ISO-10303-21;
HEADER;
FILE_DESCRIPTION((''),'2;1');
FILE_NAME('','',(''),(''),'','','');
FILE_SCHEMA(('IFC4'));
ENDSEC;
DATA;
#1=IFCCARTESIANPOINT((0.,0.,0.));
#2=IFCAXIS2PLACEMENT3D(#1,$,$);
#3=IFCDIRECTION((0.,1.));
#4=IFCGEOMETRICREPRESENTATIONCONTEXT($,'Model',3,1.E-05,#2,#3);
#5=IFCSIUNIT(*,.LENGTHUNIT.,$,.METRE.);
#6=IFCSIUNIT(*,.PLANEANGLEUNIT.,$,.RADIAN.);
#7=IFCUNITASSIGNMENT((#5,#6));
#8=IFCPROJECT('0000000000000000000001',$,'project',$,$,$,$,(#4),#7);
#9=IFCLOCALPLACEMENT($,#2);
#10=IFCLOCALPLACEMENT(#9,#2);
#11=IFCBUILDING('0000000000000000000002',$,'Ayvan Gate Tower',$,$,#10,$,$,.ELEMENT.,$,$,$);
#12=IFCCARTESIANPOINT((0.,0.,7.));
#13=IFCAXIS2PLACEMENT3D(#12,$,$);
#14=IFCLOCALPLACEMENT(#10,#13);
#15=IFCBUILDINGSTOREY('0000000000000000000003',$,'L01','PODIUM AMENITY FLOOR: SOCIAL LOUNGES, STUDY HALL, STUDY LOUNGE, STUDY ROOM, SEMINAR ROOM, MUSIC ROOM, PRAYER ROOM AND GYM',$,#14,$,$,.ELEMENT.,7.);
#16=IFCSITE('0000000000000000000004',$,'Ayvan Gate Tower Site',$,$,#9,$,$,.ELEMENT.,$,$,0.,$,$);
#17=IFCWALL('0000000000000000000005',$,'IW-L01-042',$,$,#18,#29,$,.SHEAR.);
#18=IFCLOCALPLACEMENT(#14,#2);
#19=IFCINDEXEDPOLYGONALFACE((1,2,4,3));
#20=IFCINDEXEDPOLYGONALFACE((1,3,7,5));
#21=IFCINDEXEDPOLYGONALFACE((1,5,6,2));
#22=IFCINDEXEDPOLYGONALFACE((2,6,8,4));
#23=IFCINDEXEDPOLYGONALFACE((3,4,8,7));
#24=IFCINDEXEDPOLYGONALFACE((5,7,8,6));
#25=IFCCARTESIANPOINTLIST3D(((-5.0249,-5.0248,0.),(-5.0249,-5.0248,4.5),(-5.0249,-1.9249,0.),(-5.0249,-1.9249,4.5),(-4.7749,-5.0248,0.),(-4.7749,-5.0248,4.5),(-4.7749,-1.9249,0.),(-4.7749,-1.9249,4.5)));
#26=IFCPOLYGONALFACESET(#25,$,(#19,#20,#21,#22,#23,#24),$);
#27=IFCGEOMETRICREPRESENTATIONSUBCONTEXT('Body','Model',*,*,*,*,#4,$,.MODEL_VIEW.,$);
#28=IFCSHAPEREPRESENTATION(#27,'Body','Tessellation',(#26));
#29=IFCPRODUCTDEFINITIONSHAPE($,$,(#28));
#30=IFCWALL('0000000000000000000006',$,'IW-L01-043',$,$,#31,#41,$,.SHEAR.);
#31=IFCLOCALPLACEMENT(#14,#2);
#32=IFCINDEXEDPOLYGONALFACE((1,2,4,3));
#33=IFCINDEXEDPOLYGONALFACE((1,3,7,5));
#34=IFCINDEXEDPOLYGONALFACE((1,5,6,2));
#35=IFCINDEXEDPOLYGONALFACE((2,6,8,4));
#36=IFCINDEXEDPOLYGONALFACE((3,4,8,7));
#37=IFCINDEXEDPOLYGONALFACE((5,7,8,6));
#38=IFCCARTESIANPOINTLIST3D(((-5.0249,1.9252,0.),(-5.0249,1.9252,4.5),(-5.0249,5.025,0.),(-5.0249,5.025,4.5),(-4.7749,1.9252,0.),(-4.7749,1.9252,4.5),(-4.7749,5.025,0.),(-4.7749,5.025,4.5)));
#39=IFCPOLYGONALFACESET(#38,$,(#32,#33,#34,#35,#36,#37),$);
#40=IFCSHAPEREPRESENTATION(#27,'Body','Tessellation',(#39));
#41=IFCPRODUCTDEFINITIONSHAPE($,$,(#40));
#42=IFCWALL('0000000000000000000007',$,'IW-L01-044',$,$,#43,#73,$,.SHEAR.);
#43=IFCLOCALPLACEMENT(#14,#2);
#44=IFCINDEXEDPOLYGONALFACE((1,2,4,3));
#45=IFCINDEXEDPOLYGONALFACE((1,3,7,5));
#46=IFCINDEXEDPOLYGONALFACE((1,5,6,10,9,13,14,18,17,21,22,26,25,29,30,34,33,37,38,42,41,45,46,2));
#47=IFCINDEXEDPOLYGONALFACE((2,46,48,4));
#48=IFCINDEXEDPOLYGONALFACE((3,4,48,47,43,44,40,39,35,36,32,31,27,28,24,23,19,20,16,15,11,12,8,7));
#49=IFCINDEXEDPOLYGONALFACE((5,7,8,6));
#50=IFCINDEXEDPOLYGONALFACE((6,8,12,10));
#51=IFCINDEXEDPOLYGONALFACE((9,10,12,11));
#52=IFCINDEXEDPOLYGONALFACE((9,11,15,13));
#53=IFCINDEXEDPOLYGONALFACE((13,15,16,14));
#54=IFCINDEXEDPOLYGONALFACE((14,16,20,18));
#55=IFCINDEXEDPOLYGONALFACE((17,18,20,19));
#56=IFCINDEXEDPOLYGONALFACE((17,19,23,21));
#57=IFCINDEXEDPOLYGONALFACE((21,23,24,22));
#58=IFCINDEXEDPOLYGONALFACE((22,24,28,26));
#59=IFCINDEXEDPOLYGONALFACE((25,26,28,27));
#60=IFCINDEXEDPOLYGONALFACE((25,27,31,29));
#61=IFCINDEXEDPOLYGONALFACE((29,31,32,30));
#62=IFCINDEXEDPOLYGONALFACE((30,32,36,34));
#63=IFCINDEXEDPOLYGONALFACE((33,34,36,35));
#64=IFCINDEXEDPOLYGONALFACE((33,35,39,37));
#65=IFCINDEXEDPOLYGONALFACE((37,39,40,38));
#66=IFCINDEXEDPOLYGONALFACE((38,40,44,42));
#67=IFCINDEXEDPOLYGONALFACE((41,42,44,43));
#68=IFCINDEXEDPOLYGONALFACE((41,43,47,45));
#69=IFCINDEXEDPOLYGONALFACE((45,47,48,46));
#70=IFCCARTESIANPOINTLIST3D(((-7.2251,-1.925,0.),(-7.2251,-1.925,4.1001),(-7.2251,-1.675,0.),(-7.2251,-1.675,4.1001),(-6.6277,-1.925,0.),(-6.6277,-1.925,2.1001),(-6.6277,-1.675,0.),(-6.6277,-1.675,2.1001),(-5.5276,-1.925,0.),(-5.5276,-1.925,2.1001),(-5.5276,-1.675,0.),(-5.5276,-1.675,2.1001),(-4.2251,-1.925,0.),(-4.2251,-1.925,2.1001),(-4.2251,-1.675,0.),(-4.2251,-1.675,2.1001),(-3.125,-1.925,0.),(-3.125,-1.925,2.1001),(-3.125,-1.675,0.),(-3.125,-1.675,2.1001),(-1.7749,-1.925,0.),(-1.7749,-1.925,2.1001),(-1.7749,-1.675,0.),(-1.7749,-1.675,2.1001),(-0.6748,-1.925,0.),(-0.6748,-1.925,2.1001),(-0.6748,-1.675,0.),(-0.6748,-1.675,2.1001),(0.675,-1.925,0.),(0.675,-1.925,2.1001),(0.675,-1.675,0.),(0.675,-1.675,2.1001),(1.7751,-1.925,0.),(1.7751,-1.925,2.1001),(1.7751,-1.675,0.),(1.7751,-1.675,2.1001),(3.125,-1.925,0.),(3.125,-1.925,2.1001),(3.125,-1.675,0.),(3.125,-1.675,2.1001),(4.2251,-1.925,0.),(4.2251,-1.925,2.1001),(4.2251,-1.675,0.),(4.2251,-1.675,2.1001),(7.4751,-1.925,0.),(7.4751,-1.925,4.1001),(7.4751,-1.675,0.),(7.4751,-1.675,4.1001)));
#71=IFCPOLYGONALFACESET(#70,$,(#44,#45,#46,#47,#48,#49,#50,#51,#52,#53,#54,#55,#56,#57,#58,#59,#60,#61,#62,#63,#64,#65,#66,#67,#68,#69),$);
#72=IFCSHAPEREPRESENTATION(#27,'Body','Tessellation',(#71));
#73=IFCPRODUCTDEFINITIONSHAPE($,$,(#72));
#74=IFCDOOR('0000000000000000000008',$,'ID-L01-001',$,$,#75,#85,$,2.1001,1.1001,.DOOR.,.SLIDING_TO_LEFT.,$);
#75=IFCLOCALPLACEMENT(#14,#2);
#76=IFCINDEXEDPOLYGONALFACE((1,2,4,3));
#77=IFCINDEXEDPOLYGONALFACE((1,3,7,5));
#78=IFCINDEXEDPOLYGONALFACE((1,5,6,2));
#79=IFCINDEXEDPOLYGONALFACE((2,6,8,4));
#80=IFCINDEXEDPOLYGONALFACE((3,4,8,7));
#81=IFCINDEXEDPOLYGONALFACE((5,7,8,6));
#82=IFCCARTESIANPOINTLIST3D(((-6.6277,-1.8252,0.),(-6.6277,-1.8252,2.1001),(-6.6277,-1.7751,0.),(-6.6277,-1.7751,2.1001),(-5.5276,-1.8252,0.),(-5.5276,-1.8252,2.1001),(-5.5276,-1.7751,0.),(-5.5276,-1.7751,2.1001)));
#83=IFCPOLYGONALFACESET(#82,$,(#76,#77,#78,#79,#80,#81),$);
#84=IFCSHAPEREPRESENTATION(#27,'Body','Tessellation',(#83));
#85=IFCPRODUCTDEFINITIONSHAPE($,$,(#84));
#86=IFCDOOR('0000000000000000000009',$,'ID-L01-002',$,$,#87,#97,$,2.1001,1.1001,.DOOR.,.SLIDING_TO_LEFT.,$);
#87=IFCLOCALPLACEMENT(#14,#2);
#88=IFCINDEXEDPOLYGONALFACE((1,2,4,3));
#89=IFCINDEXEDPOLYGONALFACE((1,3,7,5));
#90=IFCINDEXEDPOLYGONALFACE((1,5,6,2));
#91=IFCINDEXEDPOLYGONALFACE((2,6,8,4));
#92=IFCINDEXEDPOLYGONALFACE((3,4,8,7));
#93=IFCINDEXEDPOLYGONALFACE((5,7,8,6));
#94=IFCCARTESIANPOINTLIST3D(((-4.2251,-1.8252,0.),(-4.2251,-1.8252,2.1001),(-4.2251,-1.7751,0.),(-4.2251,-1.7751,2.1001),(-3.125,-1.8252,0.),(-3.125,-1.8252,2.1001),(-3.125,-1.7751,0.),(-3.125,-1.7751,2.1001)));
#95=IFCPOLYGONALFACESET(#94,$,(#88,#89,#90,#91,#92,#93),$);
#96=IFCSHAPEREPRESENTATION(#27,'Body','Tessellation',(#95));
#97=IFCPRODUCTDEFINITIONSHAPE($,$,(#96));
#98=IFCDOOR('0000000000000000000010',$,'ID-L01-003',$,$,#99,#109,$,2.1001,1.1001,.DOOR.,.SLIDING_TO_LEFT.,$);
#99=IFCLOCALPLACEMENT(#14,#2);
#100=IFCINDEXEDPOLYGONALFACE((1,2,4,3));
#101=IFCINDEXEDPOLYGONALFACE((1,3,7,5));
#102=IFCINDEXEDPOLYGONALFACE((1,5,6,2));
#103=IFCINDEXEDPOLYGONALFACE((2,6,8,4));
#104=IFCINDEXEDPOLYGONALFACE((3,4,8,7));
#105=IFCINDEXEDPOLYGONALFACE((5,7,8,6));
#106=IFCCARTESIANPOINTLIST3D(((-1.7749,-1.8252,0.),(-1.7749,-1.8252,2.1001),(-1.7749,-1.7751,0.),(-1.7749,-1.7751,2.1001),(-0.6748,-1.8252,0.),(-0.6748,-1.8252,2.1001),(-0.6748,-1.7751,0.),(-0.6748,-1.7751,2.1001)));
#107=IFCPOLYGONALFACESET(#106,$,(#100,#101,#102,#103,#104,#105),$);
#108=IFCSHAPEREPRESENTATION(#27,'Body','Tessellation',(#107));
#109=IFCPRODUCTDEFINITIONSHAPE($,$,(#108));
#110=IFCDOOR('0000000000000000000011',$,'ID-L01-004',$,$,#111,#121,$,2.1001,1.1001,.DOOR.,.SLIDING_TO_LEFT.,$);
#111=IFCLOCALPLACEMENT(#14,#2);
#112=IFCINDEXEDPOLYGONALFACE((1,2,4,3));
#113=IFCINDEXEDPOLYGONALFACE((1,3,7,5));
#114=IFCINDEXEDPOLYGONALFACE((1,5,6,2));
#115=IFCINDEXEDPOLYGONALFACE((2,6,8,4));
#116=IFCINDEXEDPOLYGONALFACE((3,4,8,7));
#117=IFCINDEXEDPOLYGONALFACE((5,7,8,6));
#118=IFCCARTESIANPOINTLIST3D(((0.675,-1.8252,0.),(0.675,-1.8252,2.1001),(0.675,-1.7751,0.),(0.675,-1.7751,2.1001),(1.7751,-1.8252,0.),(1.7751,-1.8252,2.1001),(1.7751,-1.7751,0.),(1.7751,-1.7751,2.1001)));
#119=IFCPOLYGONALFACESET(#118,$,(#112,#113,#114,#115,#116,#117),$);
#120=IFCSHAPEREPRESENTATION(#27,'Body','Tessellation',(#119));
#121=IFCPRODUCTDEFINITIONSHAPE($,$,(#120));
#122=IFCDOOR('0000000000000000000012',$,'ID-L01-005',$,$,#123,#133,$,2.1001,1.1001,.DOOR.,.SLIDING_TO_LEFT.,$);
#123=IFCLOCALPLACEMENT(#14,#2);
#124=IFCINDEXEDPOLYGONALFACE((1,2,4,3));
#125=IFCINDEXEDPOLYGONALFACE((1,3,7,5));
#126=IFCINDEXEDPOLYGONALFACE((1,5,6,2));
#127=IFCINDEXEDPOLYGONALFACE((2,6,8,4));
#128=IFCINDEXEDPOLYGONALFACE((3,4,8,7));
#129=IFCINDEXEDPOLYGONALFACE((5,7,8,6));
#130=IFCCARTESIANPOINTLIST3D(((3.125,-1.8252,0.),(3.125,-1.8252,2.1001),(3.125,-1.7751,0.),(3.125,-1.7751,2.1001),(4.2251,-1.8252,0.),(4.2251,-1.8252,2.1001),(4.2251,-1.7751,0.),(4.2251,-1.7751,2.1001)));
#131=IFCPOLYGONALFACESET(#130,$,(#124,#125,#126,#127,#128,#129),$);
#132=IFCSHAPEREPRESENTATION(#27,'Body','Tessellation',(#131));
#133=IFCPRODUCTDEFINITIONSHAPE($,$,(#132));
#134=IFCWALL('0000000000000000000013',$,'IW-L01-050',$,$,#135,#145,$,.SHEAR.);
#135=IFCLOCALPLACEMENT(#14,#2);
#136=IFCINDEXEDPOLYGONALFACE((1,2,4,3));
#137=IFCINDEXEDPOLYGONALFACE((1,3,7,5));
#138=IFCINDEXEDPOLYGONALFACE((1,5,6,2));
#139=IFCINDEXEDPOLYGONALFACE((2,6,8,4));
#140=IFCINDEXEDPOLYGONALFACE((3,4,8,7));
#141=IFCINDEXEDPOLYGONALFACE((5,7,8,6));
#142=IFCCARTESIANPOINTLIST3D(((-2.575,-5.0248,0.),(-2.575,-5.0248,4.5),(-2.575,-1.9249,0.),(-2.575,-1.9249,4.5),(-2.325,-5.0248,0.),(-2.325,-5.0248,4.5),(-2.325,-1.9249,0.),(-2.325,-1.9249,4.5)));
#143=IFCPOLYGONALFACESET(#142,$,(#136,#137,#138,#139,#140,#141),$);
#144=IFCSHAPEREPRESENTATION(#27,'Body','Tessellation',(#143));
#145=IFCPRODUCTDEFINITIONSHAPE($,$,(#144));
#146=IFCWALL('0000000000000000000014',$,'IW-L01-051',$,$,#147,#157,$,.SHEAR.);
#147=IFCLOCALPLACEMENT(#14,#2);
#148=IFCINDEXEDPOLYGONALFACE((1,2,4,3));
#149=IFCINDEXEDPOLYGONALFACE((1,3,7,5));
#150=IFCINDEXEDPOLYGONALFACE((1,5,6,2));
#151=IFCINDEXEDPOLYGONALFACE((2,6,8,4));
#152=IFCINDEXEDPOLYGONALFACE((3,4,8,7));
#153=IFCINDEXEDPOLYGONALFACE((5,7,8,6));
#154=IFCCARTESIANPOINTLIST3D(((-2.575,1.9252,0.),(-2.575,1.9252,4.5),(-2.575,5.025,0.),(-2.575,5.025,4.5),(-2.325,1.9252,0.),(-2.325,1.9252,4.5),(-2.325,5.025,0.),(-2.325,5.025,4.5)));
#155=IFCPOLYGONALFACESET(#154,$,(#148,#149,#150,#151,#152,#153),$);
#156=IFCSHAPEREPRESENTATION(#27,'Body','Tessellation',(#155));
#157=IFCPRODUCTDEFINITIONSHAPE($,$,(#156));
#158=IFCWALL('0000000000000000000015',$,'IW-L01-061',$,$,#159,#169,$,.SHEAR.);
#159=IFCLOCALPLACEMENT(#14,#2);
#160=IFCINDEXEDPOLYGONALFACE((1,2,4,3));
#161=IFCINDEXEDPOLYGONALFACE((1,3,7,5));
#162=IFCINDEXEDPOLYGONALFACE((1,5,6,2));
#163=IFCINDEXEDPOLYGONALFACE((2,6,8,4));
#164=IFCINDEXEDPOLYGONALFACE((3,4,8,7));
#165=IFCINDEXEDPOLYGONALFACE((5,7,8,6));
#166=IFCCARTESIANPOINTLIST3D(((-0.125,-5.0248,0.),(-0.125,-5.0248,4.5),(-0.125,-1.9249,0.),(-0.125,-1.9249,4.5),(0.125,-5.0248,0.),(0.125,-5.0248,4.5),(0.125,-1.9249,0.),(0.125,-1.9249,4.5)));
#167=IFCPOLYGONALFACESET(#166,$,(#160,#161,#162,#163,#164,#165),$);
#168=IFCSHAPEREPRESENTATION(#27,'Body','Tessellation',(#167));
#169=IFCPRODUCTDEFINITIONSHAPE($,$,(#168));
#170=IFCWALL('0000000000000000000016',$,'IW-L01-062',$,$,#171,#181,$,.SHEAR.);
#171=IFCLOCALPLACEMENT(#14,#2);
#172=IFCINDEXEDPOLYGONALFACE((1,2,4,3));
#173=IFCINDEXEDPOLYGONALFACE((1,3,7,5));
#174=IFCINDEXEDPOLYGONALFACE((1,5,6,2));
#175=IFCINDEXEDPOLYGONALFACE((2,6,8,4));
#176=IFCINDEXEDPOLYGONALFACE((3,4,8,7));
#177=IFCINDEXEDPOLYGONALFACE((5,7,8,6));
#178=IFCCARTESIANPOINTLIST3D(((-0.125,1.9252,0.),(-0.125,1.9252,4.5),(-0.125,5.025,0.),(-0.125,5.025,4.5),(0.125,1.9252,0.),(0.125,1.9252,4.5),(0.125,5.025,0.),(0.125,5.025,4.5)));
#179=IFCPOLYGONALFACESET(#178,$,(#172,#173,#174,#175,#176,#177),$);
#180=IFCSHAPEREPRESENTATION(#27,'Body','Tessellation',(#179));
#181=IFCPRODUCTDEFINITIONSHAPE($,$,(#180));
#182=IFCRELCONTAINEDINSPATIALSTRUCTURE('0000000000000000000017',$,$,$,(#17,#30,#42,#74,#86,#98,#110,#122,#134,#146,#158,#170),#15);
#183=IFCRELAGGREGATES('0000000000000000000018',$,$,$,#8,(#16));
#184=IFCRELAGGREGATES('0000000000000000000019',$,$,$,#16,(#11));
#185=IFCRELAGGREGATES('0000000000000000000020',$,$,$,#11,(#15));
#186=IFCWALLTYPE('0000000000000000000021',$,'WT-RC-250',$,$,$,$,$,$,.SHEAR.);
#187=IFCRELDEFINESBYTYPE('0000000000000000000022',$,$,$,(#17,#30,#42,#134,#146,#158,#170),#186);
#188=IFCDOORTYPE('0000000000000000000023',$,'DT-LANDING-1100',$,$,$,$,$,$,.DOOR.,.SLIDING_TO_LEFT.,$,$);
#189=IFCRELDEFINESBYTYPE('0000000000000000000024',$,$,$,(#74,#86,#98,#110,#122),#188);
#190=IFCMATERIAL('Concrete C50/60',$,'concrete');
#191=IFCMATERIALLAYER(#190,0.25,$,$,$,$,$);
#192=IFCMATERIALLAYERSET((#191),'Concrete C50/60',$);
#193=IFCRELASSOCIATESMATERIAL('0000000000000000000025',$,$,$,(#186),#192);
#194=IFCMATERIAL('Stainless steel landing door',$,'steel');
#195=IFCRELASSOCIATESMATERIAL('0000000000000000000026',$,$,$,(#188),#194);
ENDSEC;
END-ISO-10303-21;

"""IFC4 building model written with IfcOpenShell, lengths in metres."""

from ifc_helpers import new_model, si_unit, direction, frame, frame_2d, origin, place, context, subcontext, project, spatial, rectangle, extrude, material, layer, layer_set, type_object, element, fill, save


model = new_model("IFC4")

# Units and contexts
model_context = context("Model", 3, precision=1e-05, world=origin(), true_north=direction((0.0, 1.0)))
body_context = subcontext(model_context, "Body", "Model", "MODEL_VIEW")
ifc_project = project(units=[si_unit("LENGTHUNIT", "METRE"), si_unit("PLANEANGLEUNIT", "RADIAN")], contexts=[model_context])

# Site, building, storey
site_placement = place(None, origin())
site = spatial("IfcSite", under=ifc_project, at=site_placement, Name="Ayvan Gate Tower Site", CompositionType="ELEMENT", RefElevation=0.0)
building_placement = place(site_placement, origin())
building = spatial("IfcBuilding", under=site, at=building_placement, Name="Ayvan Gate Tower", CompositionType="ELEMENT")
storey_placement = place(building_placement, frame((0.0, 0.0, 7.0)))
storey = spatial("IfcBuildingStorey", under=building, at=storey_placement, Name="L01", Description="PODIUM AMENITY FLOOR: SOCIAL LOUNGES, STUDY HALL, STUDY LOUNGE, STUDY ROOM, SEMINAR ROOM, MUSIC ROOM, PRAYER ROOM AND GYM", CompositionType="ELEMENT", Elevation=7.0)

# Walls
ifc_material_1 = material(Name="Concrete C50/60", Category="concrete")
ifc_layer_1 = layer(ifc_material_1, 0.25)
ifc_layer_set_1 = layer_set([ifc_layer_1], Name="Concrete C50/60")
wall_type_1 = type_object("IfcWallType", Name="WT-RC-250", PredefinedType="SHEAR", material=ifc_layer_set_1)
for number, where, z_axis, x_axis, name in (
    (1, (-4.8999, -1.925, 0.0), (0.0, 0.0, 1.0), (0.0, -1.0, 0.0), "IW-L01-042"),
    (2, (-4.8999, 5.0249, 0.0), (0.0, 0.0, 1.0), (0.0, -1.0, 0.0), "IW-L01-043"),
):
    element("IfcWall", number, at=place(storey_placement, frame(where, z_axis=z_axis, x_axis=x_axis)), inside=storey, type_object=wall_type_1, Name=name, PredefinedType="SHEAR", context=body_context, shape_type="SweptSolid", body=[
        extrude(rectangle(XDim=3.0999, YDim=0.25, at=frame_2d((1.5498, 0.0))), origin(), (0.0, 0.0, 1.0), 4.5),
    ])

# Wall, openings, doors
wall_1_placement = place(storey_placement, frame((-7.2251, -1.8, 0.0), z_axis=(0.0, 0.0, 1.0), x_axis=(1.0, 0.0, 0.0)))
wall_1 = element("IfcWall", 3, at=wall_1_placement, inside=storey, type_object=wall_type_1, Name="IW-L01-044", PredefinedType="SHEAR", context=body_context, shape_type="SweptSolid", body=[
    extrude(rectangle(XDim=14.7002, YDim=0.25, at=frame_2d((7.3501, 0.0))), origin(), (0.0, 0.0, 1.0), 4.1001),
])
opening_1_placement = place(wall_1_placement, frame((0.5974, 0.0, 0.0)))
opening_1 = element("IfcOpeningElement", 4, at=opening_1_placement, cuts=wall_1, PredefinedType="OPENING", context=body_context, shape_type="SweptSolid", body=[
    extrude(rectangle(XDim=1.1001, YDim=2.1001, at=frame_2d((0.55, 1.05))), frame((0.0, 0.135, 0.0), z_axis=(0.0, -1.0, 0.0), x_axis=(1.0, 0.0, 0.0)), (0.0, 0.0, 1.0), 0.27),
])
opening_2_placement = place(wall_1_placement, frame((3.0, 0.0, 0.0)))
opening_2 = element("IfcOpeningElement", 5, at=opening_2_placement, cuts=wall_1, PredefinedType="OPENING", context=body_context, shape_type="SweptSolid", body=[
    extrude(rectangle(XDim=1.1001, YDim=2.1001, at=frame_2d((0.55, 1.05))), frame((0.0, 0.135, 0.0), z_axis=(0.0, -1.0, 0.0), x_axis=(1.0, 0.0, 0.0)), (0.0, 0.0, 1.0), 0.27),
])
opening_3_placement = place(wall_1_placement, frame((5.4502, 0.0, 0.0)))
opening_3 = element("IfcOpeningElement", 6, at=opening_3_placement, cuts=wall_1, PredefinedType="OPENING", context=body_context, shape_type="SweptSolid", body=[
    extrude(rectangle(XDim=1.1001, YDim=2.1001, at=frame_2d((0.55, 1.05))), frame((0.0, 0.135, 0.0), z_axis=(0.0, -1.0, 0.0), x_axis=(1.0, 0.0, 0.0)), (0.0, 0.0, 1.0), 0.27),
])
opening_4_placement = place(wall_1_placement, frame((7.9001, 0.0, 0.0)))
opening_4 = element("IfcOpeningElement", 7, at=opening_4_placement, cuts=wall_1, PredefinedType="OPENING", context=body_context, shape_type="SweptSolid", body=[
    extrude(rectangle(XDim=1.1001, YDim=2.1001, at=frame_2d((0.55, 1.05))), frame((0.0, 0.135, 0.0), z_axis=(0.0, -1.0, 0.0), x_axis=(1.0, 0.0, 0.0)), (0.0, 0.0, 1.0), 0.27),
])
opening_5_placement = place(wall_1_placement, frame((10.3501, 0.0, 0.0)))
opening_5 = element("IfcOpeningElement", 8, at=opening_5_placement, cuts=wall_1, PredefinedType="OPENING", context=body_context, shape_type="SweptSolid", body=[
    extrude(rectangle(XDim=1.1001, YDim=2.1001, at=frame_2d((0.55, 1.05))), frame((0.0, 0.135, 0.0), z_axis=(0.0, -1.0, 0.0), x_axis=(1.0, 0.0, 0.0)), (0.0, 0.0, 1.0), 0.27),
])
ifc_material_2 = material(Name="Stainless steel landing door", Category="steel")
door_type_1 = type_object("IfcDoorType", Name="DT-LANDING-1100", OperationType="SLIDING_TO_LEFT", PredefinedType="DOOR", material=ifc_material_2)
door_1_placement = place(opening_1_placement, origin())
door_1 = element("IfcDoor", 9, at=door_1_placement, inside=storey, type_object=door_type_1, Name="ID-L01-001", OperationType="SLIDING_TO_LEFT", OverallHeight=2.1001, OverallWidth=1.1001, PredefinedType="DOOR", context=body_context, shape_type="SweptSolid", body=[
    extrude(rectangle(XDim=1.1001, YDim=2.1001, at=frame_2d((0.55, 1.05))), frame((0.0, 0.0249, 0.0), z_axis=(0.0, -1.0, 0.0), x_axis=(1.0, 0.0, 0.0)), (0.0, 0.0, 1.0), 0.05),
])
fill(opening_1, door_1)
door_2_placement = place(opening_2_placement, origin())
door_2 = element("IfcDoor", 10, at=door_2_placement, inside=storey, type_object=door_type_1, Name="ID-L01-002", OperationType="SLIDING_TO_LEFT", OverallHeight=2.1001, OverallWidth=1.1001, PredefinedType="DOOR", context=body_context, shape_type="SweptSolid", body=[
    extrude(rectangle(XDim=1.1001, YDim=2.1001, at=frame_2d((0.55, 1.05))), frame((0.0, 0.0249, 0.0), z_axis=(0.0, -1.0, 0.0), x_axis=(1.0, 0.0, 0.0)), (0.0, 0.0, 1.0), 0.05),
])
fill(opening_2, door_2)
door_3_placement = place(opening_3_placement, origin())
door_3 = element("IfcDoor", 11, at=door_3_placement, inside=storey, type_object=door_type_1, Name="ID-L01-003", OperationType="SLIDING_TO_LEFT", OverallHeight=2.1001, OverallWidth=1.1001, PredefinedType="DOOR", context=body_context, shape_type="SweptSolid", body=[
    extrude(rectangle(XDim=1.1001, YDim=2.1001, at=frame_2d((0.55, 1.05))), frame((0.0, 0.0249, 0.0), z_axis=(0.0, -1.0, 0.0), x_axis=(1.0, 0.0, 0.0)), (0.0, 0.0, 1.0), 0.05),
])
fill(opening_3, door_3)
door_4_placement = place(opening_4_placement, origin())
door_4 = element("IfcDoor", 12, at=door_4_placement, inside=storey, type_object=door_type_1, Name="ID-L01-004", OperationType="SLIDING_TO_LEFT", OverallHeight=2.1001, OverallWidth=1.1001, PredefinedType="DOOR", context=body_context, shape_type="SweptSolid", body=[
    extrude(rectangle(XDim=1.1001, YDim=2.1001, at=frame_2d((0.55, 1.05))), frame((0.0, 0.0249, 0.0), z_axis=(0.0, -1.0, 0.0), x_axis=(1.0, 0.0, 0.0)), (0.0, 0.0, 1.0), 0.05),
])
fill(opening_4, door_4)
door_5_placement = place(opening_5_placement, origin())
door_5 = element("IfcDoor", 13, at=door_5_placement, inside=storey, type_object=door_type_1, Name="ID-L01-005", OperationType="SLIDING_TO_LEFT", OverallHeight=2.1001, OverallWidth=1.1001, PredefinedType="DOOR", context=body_context, shape_type="SweptSolid", body=[
    extrude(rectangle(XDim=1.1001, YDim=2.1001, at=frame_2d((0.55, 1.05))), frame((0.0, 0.0249, 0.0), z_axis=(0.0, -1.0, 0.0), x_axis=(1.0, 0.0, 0.0)), (0.0, 0.0, 1.0), 0.05),
])
fill(opening_5, door_5)

# Walls
for number, where, z_axis, x_axis, name in (
    (14, (-2.45, -1.925, 0.0), (0.0, 0.0, 1.0), (0.0, -1.0, 0.0), "IW-L01-050"),
    (15, (-2.45, 5.0249, 0.0), (0.0, 0.0, 1.0), (0.0, -1.0, 0.0), "IW-L01-051"),
    (16, (0.0, -1.925, 0.0), (0.0, 0.0, 1.0), (0.0, -1.0, 0.0), "IW-L01-061"),
    (17, (0.0, 5.0249, 0.0), (0.0, 0.0, 1.0), (0.0, -1.0, 0.0), "IW-L01-062"),
):
    element("IfcWall", number, at=place(storey_placement, frame(where, z_axis=z_axis, x_axis=x_axis)), inside=storey, type_object=wall_type_1, Name=name, PredefinedType="SHEAR", context=body_context, shape_type="SweptSolid", body=[
        extrude(rectangle(XDim=3.0999, YDim=0.25, at=frame_2d((1.5498, 0.0))), origin(), (0.0, 0.0, 1.0), 4.5),
    ])

save(model, "model.ifc")
